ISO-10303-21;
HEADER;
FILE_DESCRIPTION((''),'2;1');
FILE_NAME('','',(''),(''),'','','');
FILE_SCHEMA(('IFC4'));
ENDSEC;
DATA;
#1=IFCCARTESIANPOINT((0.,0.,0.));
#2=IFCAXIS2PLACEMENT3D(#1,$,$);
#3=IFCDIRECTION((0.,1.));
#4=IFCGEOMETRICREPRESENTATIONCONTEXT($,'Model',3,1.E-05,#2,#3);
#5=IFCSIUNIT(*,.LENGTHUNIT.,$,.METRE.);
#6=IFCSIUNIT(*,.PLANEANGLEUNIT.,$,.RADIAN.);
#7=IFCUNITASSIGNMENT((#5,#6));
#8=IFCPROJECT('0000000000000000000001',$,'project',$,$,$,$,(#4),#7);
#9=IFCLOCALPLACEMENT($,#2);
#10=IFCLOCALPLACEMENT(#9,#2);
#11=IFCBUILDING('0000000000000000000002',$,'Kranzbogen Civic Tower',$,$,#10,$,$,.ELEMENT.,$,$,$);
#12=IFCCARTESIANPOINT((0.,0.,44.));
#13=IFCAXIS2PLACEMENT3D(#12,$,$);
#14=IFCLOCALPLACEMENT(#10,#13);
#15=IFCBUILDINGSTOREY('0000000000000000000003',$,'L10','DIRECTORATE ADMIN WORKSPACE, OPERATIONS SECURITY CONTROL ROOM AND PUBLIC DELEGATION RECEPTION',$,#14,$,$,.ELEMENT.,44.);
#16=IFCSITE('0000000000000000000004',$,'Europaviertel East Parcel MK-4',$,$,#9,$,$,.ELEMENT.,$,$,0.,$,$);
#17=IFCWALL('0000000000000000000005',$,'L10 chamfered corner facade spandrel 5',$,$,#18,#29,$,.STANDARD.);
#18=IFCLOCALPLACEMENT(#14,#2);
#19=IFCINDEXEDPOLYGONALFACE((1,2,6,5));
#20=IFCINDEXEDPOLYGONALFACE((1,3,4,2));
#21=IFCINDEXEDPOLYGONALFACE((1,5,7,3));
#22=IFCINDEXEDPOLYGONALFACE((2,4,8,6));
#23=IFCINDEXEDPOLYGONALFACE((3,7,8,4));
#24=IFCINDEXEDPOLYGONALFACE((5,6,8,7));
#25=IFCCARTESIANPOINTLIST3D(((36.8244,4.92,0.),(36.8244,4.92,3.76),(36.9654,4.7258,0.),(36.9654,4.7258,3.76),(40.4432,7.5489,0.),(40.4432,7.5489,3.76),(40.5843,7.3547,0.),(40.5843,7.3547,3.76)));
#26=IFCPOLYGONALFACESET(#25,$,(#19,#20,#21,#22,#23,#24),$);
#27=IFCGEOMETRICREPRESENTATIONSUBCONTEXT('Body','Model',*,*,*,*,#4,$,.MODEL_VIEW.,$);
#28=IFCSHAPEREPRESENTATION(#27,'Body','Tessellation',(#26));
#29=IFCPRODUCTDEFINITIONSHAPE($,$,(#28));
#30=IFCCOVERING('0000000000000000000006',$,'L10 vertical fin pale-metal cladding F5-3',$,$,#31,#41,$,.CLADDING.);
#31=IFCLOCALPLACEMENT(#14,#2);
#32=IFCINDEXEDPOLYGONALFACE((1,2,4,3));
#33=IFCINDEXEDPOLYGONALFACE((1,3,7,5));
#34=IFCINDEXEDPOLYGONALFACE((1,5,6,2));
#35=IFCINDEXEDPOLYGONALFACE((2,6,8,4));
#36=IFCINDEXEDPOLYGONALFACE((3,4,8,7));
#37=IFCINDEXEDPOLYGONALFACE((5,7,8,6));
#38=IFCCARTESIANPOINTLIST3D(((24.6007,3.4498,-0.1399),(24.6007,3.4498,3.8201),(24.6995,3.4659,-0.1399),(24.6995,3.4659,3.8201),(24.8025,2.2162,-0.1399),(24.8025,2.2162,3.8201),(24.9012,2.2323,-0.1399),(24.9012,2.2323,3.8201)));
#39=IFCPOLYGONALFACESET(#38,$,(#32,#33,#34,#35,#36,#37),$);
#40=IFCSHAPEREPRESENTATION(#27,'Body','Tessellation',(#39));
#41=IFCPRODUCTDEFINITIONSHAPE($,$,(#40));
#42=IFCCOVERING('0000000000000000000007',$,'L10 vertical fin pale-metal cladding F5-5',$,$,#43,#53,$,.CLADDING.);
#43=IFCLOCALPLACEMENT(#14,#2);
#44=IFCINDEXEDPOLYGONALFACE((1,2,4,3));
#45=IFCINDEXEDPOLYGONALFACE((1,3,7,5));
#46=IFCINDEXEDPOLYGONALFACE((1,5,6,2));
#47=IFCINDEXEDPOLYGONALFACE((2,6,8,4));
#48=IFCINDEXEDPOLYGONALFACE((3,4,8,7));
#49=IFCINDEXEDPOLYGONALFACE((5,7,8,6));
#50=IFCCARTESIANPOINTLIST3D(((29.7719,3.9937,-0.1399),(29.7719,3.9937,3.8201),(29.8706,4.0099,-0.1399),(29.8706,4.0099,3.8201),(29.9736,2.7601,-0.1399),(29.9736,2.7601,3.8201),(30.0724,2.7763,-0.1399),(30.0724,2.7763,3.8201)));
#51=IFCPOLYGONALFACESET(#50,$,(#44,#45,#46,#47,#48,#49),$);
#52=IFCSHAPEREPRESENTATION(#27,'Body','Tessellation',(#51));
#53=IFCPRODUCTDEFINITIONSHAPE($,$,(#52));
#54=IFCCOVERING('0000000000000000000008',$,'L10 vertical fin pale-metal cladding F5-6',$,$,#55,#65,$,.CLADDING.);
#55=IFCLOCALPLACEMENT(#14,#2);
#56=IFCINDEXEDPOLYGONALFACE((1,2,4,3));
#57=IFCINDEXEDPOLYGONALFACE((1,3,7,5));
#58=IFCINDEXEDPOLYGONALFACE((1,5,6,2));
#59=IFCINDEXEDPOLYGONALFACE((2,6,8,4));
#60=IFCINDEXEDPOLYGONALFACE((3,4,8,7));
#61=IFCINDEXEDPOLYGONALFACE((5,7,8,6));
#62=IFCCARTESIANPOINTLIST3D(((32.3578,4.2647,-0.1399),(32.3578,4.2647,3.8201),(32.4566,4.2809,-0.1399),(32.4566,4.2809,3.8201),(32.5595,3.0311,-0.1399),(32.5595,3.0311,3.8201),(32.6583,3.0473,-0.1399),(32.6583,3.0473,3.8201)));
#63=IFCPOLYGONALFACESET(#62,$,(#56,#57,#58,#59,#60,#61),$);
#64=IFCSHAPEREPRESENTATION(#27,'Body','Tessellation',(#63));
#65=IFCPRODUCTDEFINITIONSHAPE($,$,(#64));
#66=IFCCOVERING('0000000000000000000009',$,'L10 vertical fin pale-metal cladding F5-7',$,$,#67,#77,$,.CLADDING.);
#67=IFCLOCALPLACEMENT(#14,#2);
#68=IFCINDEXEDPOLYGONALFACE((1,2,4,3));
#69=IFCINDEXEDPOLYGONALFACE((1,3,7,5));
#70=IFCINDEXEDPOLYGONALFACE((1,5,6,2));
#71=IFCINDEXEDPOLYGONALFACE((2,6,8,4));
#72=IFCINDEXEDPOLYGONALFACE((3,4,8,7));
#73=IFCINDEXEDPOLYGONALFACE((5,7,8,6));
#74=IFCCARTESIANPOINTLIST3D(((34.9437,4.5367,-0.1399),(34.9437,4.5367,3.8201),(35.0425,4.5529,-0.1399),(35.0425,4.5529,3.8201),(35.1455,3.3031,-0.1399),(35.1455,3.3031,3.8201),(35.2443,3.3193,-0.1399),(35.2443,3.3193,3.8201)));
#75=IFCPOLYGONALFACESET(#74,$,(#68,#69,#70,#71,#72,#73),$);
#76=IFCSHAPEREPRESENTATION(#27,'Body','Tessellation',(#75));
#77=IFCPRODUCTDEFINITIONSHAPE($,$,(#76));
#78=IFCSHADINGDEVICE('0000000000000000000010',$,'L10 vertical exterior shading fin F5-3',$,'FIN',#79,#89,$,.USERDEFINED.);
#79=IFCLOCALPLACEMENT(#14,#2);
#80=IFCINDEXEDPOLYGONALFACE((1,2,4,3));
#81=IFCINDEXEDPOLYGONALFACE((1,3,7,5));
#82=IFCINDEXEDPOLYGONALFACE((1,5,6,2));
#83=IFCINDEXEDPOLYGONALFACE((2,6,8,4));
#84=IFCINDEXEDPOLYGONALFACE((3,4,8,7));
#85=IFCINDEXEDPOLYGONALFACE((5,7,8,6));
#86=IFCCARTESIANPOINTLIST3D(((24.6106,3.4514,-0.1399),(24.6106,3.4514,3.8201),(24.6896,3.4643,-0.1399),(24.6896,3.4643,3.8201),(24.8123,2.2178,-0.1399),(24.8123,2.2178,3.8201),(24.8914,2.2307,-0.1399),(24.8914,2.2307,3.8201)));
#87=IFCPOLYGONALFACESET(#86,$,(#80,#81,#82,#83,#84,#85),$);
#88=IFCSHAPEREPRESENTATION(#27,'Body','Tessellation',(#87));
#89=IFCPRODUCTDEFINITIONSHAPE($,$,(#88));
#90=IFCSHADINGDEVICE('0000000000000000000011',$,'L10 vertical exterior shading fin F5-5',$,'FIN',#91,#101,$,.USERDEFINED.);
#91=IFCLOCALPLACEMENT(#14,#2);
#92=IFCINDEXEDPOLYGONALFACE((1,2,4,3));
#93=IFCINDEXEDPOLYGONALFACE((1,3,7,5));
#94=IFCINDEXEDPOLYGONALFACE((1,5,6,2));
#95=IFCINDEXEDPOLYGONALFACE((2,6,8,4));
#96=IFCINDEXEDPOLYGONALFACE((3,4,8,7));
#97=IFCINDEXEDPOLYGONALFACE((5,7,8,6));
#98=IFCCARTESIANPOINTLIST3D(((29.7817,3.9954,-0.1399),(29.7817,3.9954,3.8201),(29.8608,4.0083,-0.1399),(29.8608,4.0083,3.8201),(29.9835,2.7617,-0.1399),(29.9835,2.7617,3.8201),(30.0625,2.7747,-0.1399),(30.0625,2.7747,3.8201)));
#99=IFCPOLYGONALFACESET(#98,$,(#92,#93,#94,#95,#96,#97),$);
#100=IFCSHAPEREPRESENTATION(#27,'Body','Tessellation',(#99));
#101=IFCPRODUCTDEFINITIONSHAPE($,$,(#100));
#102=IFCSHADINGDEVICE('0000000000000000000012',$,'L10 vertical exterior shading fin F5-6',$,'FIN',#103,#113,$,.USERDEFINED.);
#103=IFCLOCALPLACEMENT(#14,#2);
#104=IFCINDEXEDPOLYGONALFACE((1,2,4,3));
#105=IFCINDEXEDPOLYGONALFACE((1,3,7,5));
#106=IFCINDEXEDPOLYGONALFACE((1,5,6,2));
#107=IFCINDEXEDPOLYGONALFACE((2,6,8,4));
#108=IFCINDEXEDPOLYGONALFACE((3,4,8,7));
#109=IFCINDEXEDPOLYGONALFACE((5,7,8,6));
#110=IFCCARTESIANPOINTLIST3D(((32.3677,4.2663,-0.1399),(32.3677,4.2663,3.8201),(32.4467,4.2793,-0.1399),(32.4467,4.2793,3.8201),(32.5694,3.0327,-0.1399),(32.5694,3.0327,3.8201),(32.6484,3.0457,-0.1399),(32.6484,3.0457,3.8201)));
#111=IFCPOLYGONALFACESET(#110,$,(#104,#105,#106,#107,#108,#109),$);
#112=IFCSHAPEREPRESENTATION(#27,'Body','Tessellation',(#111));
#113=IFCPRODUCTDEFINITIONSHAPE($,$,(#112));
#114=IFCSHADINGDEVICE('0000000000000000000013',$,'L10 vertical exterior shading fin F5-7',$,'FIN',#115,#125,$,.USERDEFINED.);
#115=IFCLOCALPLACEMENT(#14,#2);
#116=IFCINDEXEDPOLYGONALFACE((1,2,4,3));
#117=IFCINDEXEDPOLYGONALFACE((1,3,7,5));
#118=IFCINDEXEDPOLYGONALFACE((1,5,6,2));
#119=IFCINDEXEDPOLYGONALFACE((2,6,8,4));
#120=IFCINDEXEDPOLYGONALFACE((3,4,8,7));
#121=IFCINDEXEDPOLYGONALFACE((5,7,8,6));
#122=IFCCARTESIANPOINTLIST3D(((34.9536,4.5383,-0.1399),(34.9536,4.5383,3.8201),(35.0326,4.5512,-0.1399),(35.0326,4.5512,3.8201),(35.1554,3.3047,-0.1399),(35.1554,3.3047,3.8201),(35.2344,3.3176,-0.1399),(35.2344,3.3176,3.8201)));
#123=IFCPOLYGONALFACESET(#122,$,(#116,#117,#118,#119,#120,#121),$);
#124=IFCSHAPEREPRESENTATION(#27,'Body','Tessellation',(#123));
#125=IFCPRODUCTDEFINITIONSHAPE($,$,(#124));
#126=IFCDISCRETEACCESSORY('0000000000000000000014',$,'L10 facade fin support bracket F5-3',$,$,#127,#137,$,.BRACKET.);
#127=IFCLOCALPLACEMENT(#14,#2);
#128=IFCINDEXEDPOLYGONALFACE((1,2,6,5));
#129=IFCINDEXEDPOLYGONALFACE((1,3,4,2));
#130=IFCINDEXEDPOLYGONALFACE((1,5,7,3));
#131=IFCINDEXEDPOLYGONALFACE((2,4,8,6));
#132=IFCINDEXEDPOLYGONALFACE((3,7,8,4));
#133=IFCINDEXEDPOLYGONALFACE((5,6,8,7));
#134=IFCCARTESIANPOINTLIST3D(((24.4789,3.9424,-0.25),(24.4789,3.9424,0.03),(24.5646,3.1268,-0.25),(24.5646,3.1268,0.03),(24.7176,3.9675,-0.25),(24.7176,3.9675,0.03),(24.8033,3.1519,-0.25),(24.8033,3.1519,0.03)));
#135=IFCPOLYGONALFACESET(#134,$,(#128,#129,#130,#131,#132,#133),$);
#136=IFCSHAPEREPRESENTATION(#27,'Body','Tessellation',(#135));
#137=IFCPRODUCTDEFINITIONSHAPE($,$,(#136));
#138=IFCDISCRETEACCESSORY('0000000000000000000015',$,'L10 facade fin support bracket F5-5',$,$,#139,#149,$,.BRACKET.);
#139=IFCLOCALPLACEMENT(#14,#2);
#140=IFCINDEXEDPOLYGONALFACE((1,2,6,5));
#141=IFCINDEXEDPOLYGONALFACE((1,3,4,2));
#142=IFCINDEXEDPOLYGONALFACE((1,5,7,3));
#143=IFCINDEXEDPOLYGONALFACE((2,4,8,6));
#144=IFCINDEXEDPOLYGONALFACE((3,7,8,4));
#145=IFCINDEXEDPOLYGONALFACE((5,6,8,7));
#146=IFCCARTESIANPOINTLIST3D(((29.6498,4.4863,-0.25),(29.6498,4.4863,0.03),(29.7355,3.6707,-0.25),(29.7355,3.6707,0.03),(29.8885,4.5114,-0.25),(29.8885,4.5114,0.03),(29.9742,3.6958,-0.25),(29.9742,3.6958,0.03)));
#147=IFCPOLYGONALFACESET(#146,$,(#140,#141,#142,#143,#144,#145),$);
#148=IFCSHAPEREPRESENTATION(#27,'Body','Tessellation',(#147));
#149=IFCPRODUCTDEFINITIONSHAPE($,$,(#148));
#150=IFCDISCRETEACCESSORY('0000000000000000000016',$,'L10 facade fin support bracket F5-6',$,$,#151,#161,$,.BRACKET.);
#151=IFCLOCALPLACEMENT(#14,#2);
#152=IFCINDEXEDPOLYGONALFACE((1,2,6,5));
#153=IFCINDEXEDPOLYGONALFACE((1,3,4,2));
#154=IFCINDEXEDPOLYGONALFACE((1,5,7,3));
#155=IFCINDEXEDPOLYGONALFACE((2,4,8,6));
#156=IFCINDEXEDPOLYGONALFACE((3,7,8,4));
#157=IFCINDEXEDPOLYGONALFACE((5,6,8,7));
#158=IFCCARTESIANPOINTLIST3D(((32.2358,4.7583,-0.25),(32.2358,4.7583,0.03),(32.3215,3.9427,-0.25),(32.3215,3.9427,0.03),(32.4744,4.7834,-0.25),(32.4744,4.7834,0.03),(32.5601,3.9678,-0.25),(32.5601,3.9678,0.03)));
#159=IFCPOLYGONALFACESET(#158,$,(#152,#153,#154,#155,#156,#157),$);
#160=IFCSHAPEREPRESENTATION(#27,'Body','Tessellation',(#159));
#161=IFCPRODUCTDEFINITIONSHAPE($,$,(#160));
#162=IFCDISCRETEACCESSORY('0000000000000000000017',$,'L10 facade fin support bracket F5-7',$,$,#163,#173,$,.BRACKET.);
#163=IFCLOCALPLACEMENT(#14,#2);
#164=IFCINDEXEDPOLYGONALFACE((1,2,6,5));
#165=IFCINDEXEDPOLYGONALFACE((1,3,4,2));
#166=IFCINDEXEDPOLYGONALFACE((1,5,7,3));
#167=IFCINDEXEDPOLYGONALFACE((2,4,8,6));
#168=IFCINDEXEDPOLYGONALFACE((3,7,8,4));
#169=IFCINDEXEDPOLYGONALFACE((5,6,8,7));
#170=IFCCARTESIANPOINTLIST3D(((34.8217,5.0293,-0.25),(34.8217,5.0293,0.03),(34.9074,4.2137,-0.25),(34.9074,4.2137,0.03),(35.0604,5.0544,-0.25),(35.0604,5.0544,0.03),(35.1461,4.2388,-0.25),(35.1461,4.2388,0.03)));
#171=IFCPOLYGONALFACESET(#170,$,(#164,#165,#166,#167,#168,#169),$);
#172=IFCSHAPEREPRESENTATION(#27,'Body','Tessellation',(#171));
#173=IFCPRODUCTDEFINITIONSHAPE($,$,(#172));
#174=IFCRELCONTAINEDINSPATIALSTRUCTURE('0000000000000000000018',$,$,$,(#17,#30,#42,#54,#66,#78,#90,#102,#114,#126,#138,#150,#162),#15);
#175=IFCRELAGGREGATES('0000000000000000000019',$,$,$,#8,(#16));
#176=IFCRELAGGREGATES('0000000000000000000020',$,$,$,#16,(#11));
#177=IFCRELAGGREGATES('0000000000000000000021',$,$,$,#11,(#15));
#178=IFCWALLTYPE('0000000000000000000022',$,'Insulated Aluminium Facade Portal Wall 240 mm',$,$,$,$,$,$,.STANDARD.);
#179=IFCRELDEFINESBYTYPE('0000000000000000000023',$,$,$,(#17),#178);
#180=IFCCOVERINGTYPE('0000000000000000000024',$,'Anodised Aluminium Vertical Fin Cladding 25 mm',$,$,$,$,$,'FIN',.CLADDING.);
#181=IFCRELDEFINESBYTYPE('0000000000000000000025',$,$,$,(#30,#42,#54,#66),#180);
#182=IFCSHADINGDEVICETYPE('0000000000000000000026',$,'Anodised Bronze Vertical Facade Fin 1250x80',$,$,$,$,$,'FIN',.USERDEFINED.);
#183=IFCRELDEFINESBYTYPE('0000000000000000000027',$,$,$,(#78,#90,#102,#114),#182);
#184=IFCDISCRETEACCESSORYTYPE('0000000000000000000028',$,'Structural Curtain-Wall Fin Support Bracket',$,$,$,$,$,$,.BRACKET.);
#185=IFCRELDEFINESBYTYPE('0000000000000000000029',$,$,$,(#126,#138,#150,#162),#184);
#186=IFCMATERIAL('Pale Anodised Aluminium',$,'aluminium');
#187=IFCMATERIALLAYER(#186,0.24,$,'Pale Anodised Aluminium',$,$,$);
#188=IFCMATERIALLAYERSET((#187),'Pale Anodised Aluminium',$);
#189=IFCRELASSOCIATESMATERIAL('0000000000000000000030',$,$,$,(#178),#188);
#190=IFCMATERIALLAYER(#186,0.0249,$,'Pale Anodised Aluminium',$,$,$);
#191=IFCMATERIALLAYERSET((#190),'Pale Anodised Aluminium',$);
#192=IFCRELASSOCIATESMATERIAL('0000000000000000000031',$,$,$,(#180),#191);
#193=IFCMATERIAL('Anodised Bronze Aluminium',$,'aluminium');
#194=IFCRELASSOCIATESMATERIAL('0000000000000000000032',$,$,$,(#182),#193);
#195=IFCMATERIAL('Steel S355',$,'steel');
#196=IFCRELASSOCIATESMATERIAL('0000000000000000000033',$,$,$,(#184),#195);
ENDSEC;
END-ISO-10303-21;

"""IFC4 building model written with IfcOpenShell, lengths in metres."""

from ifc_helpers import new_model, si_unit, direction, frame, frame_2d, origin, origin_2d, place, context, subcontext, project, spatial, rectangle, extrude, material, layer, layer_set, type_object, element, save


model = new_model("IFC4")

# Units and contexts
model_context = context("Model", 3, precision=1e-05, world=origin(), true_north=direction((0.0, 1.0)))
body_context = subcontext(model_context, "Body", "Model", "MODEL_VIEW")
ifc_project = project(units=[si_unit("LENGTHUNIT", "METRE"), si_unit("PLANEANGLEUNIT", "RADIAN")], contexts=[model_context])

# Site, building, storey
site_placement = place(None, origin())
site = spatial("IfcSite", under=ifc_project, at=site_placement, Name="Europaviertel East Parcel MK-4", CompositionType="ELEMENT", RefElevation=0.0)
building_placement = place(site_placement, origin())
building = spatial("IfcBuilding", under=site, at=building_placement, Name="Kranzbogen Civic Tower", CompositionType="ELEMENT")
storey_placement = place(building_placement, frame((0.0, 0.0, 44.0)))
storey = spatial("IfcBuildingStorey", under=building, at=storey_placement, Name="L10", Description="DIRECTORATE ADMIN WORKSPACE, OPERATIONS SECURITY CONTROL ROOM AND PUBLIC DELEGATION RECEPTION", CompositionType="ELEMENT", Elevation=44.0)

# Shared definitions
ifc_material_1 = material(Name="Steel S355", Category="steel")

# Shared definitions
ifc_material_2 = material(Name="Pale Anodised Aluminium", Category="aluminium")

# Shared definitions
ifc_layer_1 = layer(ifc_material_2, 0.24, Name="Pale Anodised Aluminium")
ifc_layer_set_1 = layer_set([ifc_layer_1], Name="Pale Anodised Aluminium")
wall_type_1 = type_object("IfcWallType", Name="Insulated Aluminium Facade Portal Wall 240 mm", PredefinedType="STANDARD", material=ifc_layer_set_1)

# Wall
wall_1_placement = place(storey_placement, frame((36.895, 4.823, 0.0), z_axis=(0.0, 0.0, 1.0), x_axis=(0.809057, 0.58773, 0.0)))
element("IfcWall", 1, at=wall_1_placement, inside=storey, type_object=wall_type_1, Name="L10 chamfered corner facade spandrel 5", PredefinedType="STANDARD", context=body_context, shape_type="SweptSolid", body=[
    extrude(rectangle(XDim=4.4729, YDim=0.24, at=frame_2d((2.2363, 0.0))), origin(), (0.0, 0.0, 1.0), 3.76),
])

# Coverings
ifc_layer_2 = layer(ifc_material_2, 0.0249, Name="Pale Anodised Aluminium")
ifc_layer_set_2 = layer_set([ifc_layer_2], Name="Pale Anodised Aluminium")
covering_type = type_object("IfcCoveringType", Name="Anodised Aluminium Vertical Fin Cladding 25 mm", ElementType="FIN", PredefinedType="CLADDING", material=ifc_layer_set_2)
for number, where, z_axis, x_axis, name in (
    (2, (24.751, 2.8411, -0.1399), (0.0, 0.0, 1.0), (0.161397, -0.98689, 0.0), "L10 vertical fin pale-metal cladding F5-3"),
    (3, (29.9221, 3.385, -0.1399), (0.0, 0.0, 1.0), (0.161397, -0.98689, 0.0), "L10 vertical fin pale-metal cladding F5-5"),
    (4, (32.5081, 3.656, -0.1399), (0.0, 0.0, 1.0), (0.161397, -0.98689, 0.0), "L10 vertical fin pale-metal cladding F5-6"),
    (5, (35.094, 3.928, -0.1399), (0.0, 0.0, 1.0), (0.161397, -0.98689, 0.0), "L10 vertical fin pale-metal cladding F5-7"),
):
    element("IfcCovering", number, at=place(storey_placement, frame(where, z_axis=z_axis, x_axis=x_axis)), inside=storey, type_object=covering_type, Name=name, PredefinedType="CLADDING", context=body_context, shape_type="SweptSolid", body=[
        extrude(rectangle(XDim=1.25, YDim=0.1001, at=origin_2d()), origin(), (0.0, 0.0, 1.0), 3.96),
    ])

# Shading devices
ifc_material_3 = material(Name="Anodised Bronze Aluminium", Category="aluminium")
shading_device_type = type_object("IfcShadingDeviceType", Name="Anodised Bronze Vertical Facade Fin 1250x80", ElementType="FIN", PredefinedType="USERDEFINED", material=ifc_material_3)
for number, where, z_axis, x_axis, name in (
    (6, (24.751, 2.8411, -0.1399), (0.0, 0.0, 1.0), (0.161397, -0.98689, 0.0), "L10 vertical exterior shading fin F5-3"),
    (7, (29.9221, 3.385, -0.1399), (0.0, 0.0, 1.0), (0.161397, -0.98689, 0.0), "L10 vertical exterior shading fin F5-5"),
    (8, (32.5081, 3.656, -0.1399), (0.0, 0.0, 1.0), (0.161397, -0.98689, 0.0), "L10 vertical exterior shading fin F5-6"),
    (9, (35.094, 3.928, -0.1399), (0.0, 0.0, 1.0), (0.161397, -0.98689, 0.0), "L10 vertical exterior shading fin F5-7"),
):
    element("IfcShadingDevice", number, at=place(storey_placement, frame(where, z_axis=z_axis, x_axis=x_axis)), inside=storey, type_object=shading_device_type, Name=name, ObjectType="FIN", PredefinedType="USERDEFINED", context=body_context, shape_type="SweptSolid", body=[
        extrude(rectangle(XDim=1.25, YDim=0.0801, at=origin_2d()), origin(), (0.0, 0.0, 1.0), 3.96),
    ])

# Discrete accessories
discrete_accessory_type = type_object("IfcDiscreteAccessoryType", Name="Structural Curtain-Wall Fin Support Bracket", PredefinedType="BRACKET", material=ifc_material_1)
for number, where, z_axis, x_axis, name in (
    (10, (24.6411, 3.5471, -0.25), (0.0, 0.0, 1.0), (0.104528, -0.994522, 0.0), "L10 facade fin support bracket F5-3"),
    (11, (29.812, 4.0911, -0.25), (0.0, 0.0, 1.0), (0.104528, -0.994522, 0.0), "L10 facade fin support bracket F5-5"),
    (12, (32.3979, 4.363, -0.25), (0.0, 0.0, 1.0), (0.104528, -0.994522, 0.0), "L10 facade fin support bracket F5-6"),
    (13, (34.9839, 4.634, -0.25), (0.0, 0.0, 1.0), (0.104528, -0.994522, 0.0), "L10 facade fin support bracket F5-7"),
):
    element("IfcDiscreteAccessory", number, at=place(storey_placement, frame(where, z_axis=z_axis, x_axis=x_axis)), inside=storey, type_object=discrete_accessory_type, Name=name, PredefinedType="BRACKET", context=body_context, shape_type="SweptSolid", body=[
        extrude(rectangle(XDim=0.8201, YDim=0.24, at=origin_2d()), origin(), (0.0, 0.0, 1.0), 0.28),
    ])

save(model, "model.ifc")
